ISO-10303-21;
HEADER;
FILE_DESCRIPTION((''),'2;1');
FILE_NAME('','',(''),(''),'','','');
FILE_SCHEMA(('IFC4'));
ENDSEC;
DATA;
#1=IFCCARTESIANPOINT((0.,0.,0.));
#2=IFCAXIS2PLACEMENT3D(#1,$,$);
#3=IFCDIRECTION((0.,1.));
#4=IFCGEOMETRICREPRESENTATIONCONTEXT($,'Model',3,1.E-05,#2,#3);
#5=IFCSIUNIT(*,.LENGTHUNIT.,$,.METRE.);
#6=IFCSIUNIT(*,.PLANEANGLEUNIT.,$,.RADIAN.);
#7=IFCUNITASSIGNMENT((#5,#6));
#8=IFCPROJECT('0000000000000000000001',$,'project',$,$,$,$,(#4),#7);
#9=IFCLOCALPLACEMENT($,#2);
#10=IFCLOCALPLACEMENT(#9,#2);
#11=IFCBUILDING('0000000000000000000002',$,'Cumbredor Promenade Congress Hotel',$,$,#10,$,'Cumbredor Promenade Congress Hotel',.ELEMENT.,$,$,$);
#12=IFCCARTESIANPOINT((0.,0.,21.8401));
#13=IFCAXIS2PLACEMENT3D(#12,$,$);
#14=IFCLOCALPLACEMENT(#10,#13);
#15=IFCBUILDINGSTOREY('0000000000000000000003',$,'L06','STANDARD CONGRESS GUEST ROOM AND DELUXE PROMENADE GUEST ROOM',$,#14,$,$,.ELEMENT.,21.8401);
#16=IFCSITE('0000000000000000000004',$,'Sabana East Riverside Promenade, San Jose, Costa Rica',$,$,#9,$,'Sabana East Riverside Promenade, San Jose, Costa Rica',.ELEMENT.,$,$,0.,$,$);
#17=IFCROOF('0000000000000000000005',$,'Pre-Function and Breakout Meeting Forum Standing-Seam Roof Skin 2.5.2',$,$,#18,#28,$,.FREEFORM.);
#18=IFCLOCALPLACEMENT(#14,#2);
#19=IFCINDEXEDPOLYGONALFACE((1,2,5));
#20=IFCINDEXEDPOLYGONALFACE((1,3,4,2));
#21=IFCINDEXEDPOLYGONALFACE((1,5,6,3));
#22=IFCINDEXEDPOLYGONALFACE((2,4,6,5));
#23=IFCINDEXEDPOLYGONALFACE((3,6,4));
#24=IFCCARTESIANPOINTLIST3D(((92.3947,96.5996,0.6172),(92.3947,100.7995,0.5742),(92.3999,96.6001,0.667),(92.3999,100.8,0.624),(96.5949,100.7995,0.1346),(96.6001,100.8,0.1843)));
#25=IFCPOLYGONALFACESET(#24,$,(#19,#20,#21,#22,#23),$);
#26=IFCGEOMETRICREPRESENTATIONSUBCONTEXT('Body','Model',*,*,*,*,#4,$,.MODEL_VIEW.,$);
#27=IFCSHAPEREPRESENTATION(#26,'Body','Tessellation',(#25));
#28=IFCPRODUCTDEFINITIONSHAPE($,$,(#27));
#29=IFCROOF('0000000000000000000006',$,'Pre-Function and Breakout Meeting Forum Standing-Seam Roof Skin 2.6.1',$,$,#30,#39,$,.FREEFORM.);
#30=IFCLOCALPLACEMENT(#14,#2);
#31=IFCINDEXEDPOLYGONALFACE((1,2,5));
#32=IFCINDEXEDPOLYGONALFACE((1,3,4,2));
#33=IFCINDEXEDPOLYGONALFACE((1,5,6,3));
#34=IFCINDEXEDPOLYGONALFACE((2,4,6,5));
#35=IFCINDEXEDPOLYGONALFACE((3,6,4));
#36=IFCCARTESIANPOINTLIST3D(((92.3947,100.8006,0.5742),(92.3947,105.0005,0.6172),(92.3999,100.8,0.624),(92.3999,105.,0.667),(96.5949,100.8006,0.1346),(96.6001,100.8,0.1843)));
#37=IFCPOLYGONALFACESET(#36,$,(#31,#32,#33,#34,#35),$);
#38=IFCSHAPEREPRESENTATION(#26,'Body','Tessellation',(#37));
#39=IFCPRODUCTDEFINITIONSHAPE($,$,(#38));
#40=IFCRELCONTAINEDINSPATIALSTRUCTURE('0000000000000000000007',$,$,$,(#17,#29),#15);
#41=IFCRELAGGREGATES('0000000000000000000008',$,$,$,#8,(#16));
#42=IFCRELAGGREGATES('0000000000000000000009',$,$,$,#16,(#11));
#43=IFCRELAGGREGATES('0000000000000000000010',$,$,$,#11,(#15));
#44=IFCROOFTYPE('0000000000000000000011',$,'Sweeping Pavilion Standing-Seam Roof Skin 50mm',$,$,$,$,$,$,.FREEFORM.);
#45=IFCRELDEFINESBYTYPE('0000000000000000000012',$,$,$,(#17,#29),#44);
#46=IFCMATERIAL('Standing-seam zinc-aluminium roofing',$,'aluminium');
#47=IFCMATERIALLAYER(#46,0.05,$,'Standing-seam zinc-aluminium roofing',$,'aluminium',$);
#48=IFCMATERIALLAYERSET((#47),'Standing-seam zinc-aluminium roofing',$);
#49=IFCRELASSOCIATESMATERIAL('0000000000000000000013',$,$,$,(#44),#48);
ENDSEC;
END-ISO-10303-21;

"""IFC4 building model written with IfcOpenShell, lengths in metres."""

from ifc_helpers import new_model, si_unit, direction, frame, origin, place, context, subcontext, project, spatial, polyline, outline, extrude, material, layer, layer_set, type_object, element, save


model = new_model("IFC4")

# Units and contexts
model_context = context("Model", 3, precision=1e-05, world=origin(), true_north=direction((0.0, 1.0)))
body_context = subcontext(model_context, "Body", "Model", "MODEL_VIEW")
ifc_project = project(units=[si_unit("LENGTHUNIT", "METRE"), si_unit("PLANEANGLEUNIT", "RADIAN")], contexts=[model_context])

# Site, building, storey
site_placement = place(None, origin())
site = spatial("IfcSite", under=ifc_project, at=site_placement, Name="Sabana East Riverside Promenade, San Jose, Costa Rica", LongName="Sabana East Riverside Promenade, San Jose, Costa Rica", CompositionType="ELEMENT", RefElevation=0.0)
building_placement = place(site_placement, origin())
building = spatial("IfcBuilding", under=site, at=building_placement, Name="Cumbredor Promenade Congress Hotel", LongName="Cumbredor Promenade Congress Hotel", CompositionType="ELEMENT")
storey_placement = place(building_placement, frame((0.0, 0.0, 21.8401)))
storey = spatial("IfcBuildingStorey", under=building, at=storey_placement, Name="L06", Description="STANDARD CONGRESS GUEST ROOM AND DELUXE PROMENADE GUEST ROOM", CompositionType="ELEMENT", Elevation=21.8401)

# Roofs
ifc_material_1 = material(Name="Standing-seam zinc-aluminium roofing", Category="aluminium")
ifc_layer_1 = layer(ifc_material_1, 0.05, Name="Standing-seam zinc-aluminium roofing", Category="aluminium")
ifc_layer_set_1 = layer_set([ifc_layer_1], Name="Standing-seam zinc-aluminium roofing")
roof_type = type_object("IfcRoofType", Name="Sweeping Pavilion Standing-Seam Roof Skin 50mm", PredefinedType="FREEFORM", material=ifc_layer_set_1)
roof_1_placement = place(storey_placement, frame((92.3999, 96.6001, 0.667), z_axis=(0.104111, 0.010175, 0.994514), x_axis=(0.704804, 0.704763, -0.080993)))
element("IfcRoof", 1, at=roof_1_placement, inside=storey, type_object=roof_type, Name="Pre-Function and Breakout Meeting Forum Standing-Seam Roof Skin 2.5.2", PredefinedType="FREEFORM", context=body_context, shape_type="SweptSolid", body=[
    extrude(outline(polyline([(0.0, 0.0), (5.9594, 0.0), (2.9635, 2.9765), (0.0, 0.0)])), origin(), (0.0, 0.0, -1.0), 0.05),
])
roof_2_placement = place(storey_placement, frame((92.3999, 100.8, 0.624), z_axis=(0.104111, -0.010175, 0.994514), x_axis=(0.994565, 0.0, -0.104116)))
element("IfcRoof", 2, at=roof_2_placement, inside=storey, type_object=roof_type, Name="Pre-Function and Breakout Meeting Forum Standing-Seam Roof Skin 2.6.1", PredefinedType="FREEFORM", context=body_context, shape_type="SweptSolid", body=[
    extrude(outline(polyline([(0.0, 0.0), (4.2231, 0.0), (-0.0045, 4.2002), (0.0, 0.0)])), origin(), (0.0, 0.0, -1.0), 0.05),
])

save(model, "model.ifc")
